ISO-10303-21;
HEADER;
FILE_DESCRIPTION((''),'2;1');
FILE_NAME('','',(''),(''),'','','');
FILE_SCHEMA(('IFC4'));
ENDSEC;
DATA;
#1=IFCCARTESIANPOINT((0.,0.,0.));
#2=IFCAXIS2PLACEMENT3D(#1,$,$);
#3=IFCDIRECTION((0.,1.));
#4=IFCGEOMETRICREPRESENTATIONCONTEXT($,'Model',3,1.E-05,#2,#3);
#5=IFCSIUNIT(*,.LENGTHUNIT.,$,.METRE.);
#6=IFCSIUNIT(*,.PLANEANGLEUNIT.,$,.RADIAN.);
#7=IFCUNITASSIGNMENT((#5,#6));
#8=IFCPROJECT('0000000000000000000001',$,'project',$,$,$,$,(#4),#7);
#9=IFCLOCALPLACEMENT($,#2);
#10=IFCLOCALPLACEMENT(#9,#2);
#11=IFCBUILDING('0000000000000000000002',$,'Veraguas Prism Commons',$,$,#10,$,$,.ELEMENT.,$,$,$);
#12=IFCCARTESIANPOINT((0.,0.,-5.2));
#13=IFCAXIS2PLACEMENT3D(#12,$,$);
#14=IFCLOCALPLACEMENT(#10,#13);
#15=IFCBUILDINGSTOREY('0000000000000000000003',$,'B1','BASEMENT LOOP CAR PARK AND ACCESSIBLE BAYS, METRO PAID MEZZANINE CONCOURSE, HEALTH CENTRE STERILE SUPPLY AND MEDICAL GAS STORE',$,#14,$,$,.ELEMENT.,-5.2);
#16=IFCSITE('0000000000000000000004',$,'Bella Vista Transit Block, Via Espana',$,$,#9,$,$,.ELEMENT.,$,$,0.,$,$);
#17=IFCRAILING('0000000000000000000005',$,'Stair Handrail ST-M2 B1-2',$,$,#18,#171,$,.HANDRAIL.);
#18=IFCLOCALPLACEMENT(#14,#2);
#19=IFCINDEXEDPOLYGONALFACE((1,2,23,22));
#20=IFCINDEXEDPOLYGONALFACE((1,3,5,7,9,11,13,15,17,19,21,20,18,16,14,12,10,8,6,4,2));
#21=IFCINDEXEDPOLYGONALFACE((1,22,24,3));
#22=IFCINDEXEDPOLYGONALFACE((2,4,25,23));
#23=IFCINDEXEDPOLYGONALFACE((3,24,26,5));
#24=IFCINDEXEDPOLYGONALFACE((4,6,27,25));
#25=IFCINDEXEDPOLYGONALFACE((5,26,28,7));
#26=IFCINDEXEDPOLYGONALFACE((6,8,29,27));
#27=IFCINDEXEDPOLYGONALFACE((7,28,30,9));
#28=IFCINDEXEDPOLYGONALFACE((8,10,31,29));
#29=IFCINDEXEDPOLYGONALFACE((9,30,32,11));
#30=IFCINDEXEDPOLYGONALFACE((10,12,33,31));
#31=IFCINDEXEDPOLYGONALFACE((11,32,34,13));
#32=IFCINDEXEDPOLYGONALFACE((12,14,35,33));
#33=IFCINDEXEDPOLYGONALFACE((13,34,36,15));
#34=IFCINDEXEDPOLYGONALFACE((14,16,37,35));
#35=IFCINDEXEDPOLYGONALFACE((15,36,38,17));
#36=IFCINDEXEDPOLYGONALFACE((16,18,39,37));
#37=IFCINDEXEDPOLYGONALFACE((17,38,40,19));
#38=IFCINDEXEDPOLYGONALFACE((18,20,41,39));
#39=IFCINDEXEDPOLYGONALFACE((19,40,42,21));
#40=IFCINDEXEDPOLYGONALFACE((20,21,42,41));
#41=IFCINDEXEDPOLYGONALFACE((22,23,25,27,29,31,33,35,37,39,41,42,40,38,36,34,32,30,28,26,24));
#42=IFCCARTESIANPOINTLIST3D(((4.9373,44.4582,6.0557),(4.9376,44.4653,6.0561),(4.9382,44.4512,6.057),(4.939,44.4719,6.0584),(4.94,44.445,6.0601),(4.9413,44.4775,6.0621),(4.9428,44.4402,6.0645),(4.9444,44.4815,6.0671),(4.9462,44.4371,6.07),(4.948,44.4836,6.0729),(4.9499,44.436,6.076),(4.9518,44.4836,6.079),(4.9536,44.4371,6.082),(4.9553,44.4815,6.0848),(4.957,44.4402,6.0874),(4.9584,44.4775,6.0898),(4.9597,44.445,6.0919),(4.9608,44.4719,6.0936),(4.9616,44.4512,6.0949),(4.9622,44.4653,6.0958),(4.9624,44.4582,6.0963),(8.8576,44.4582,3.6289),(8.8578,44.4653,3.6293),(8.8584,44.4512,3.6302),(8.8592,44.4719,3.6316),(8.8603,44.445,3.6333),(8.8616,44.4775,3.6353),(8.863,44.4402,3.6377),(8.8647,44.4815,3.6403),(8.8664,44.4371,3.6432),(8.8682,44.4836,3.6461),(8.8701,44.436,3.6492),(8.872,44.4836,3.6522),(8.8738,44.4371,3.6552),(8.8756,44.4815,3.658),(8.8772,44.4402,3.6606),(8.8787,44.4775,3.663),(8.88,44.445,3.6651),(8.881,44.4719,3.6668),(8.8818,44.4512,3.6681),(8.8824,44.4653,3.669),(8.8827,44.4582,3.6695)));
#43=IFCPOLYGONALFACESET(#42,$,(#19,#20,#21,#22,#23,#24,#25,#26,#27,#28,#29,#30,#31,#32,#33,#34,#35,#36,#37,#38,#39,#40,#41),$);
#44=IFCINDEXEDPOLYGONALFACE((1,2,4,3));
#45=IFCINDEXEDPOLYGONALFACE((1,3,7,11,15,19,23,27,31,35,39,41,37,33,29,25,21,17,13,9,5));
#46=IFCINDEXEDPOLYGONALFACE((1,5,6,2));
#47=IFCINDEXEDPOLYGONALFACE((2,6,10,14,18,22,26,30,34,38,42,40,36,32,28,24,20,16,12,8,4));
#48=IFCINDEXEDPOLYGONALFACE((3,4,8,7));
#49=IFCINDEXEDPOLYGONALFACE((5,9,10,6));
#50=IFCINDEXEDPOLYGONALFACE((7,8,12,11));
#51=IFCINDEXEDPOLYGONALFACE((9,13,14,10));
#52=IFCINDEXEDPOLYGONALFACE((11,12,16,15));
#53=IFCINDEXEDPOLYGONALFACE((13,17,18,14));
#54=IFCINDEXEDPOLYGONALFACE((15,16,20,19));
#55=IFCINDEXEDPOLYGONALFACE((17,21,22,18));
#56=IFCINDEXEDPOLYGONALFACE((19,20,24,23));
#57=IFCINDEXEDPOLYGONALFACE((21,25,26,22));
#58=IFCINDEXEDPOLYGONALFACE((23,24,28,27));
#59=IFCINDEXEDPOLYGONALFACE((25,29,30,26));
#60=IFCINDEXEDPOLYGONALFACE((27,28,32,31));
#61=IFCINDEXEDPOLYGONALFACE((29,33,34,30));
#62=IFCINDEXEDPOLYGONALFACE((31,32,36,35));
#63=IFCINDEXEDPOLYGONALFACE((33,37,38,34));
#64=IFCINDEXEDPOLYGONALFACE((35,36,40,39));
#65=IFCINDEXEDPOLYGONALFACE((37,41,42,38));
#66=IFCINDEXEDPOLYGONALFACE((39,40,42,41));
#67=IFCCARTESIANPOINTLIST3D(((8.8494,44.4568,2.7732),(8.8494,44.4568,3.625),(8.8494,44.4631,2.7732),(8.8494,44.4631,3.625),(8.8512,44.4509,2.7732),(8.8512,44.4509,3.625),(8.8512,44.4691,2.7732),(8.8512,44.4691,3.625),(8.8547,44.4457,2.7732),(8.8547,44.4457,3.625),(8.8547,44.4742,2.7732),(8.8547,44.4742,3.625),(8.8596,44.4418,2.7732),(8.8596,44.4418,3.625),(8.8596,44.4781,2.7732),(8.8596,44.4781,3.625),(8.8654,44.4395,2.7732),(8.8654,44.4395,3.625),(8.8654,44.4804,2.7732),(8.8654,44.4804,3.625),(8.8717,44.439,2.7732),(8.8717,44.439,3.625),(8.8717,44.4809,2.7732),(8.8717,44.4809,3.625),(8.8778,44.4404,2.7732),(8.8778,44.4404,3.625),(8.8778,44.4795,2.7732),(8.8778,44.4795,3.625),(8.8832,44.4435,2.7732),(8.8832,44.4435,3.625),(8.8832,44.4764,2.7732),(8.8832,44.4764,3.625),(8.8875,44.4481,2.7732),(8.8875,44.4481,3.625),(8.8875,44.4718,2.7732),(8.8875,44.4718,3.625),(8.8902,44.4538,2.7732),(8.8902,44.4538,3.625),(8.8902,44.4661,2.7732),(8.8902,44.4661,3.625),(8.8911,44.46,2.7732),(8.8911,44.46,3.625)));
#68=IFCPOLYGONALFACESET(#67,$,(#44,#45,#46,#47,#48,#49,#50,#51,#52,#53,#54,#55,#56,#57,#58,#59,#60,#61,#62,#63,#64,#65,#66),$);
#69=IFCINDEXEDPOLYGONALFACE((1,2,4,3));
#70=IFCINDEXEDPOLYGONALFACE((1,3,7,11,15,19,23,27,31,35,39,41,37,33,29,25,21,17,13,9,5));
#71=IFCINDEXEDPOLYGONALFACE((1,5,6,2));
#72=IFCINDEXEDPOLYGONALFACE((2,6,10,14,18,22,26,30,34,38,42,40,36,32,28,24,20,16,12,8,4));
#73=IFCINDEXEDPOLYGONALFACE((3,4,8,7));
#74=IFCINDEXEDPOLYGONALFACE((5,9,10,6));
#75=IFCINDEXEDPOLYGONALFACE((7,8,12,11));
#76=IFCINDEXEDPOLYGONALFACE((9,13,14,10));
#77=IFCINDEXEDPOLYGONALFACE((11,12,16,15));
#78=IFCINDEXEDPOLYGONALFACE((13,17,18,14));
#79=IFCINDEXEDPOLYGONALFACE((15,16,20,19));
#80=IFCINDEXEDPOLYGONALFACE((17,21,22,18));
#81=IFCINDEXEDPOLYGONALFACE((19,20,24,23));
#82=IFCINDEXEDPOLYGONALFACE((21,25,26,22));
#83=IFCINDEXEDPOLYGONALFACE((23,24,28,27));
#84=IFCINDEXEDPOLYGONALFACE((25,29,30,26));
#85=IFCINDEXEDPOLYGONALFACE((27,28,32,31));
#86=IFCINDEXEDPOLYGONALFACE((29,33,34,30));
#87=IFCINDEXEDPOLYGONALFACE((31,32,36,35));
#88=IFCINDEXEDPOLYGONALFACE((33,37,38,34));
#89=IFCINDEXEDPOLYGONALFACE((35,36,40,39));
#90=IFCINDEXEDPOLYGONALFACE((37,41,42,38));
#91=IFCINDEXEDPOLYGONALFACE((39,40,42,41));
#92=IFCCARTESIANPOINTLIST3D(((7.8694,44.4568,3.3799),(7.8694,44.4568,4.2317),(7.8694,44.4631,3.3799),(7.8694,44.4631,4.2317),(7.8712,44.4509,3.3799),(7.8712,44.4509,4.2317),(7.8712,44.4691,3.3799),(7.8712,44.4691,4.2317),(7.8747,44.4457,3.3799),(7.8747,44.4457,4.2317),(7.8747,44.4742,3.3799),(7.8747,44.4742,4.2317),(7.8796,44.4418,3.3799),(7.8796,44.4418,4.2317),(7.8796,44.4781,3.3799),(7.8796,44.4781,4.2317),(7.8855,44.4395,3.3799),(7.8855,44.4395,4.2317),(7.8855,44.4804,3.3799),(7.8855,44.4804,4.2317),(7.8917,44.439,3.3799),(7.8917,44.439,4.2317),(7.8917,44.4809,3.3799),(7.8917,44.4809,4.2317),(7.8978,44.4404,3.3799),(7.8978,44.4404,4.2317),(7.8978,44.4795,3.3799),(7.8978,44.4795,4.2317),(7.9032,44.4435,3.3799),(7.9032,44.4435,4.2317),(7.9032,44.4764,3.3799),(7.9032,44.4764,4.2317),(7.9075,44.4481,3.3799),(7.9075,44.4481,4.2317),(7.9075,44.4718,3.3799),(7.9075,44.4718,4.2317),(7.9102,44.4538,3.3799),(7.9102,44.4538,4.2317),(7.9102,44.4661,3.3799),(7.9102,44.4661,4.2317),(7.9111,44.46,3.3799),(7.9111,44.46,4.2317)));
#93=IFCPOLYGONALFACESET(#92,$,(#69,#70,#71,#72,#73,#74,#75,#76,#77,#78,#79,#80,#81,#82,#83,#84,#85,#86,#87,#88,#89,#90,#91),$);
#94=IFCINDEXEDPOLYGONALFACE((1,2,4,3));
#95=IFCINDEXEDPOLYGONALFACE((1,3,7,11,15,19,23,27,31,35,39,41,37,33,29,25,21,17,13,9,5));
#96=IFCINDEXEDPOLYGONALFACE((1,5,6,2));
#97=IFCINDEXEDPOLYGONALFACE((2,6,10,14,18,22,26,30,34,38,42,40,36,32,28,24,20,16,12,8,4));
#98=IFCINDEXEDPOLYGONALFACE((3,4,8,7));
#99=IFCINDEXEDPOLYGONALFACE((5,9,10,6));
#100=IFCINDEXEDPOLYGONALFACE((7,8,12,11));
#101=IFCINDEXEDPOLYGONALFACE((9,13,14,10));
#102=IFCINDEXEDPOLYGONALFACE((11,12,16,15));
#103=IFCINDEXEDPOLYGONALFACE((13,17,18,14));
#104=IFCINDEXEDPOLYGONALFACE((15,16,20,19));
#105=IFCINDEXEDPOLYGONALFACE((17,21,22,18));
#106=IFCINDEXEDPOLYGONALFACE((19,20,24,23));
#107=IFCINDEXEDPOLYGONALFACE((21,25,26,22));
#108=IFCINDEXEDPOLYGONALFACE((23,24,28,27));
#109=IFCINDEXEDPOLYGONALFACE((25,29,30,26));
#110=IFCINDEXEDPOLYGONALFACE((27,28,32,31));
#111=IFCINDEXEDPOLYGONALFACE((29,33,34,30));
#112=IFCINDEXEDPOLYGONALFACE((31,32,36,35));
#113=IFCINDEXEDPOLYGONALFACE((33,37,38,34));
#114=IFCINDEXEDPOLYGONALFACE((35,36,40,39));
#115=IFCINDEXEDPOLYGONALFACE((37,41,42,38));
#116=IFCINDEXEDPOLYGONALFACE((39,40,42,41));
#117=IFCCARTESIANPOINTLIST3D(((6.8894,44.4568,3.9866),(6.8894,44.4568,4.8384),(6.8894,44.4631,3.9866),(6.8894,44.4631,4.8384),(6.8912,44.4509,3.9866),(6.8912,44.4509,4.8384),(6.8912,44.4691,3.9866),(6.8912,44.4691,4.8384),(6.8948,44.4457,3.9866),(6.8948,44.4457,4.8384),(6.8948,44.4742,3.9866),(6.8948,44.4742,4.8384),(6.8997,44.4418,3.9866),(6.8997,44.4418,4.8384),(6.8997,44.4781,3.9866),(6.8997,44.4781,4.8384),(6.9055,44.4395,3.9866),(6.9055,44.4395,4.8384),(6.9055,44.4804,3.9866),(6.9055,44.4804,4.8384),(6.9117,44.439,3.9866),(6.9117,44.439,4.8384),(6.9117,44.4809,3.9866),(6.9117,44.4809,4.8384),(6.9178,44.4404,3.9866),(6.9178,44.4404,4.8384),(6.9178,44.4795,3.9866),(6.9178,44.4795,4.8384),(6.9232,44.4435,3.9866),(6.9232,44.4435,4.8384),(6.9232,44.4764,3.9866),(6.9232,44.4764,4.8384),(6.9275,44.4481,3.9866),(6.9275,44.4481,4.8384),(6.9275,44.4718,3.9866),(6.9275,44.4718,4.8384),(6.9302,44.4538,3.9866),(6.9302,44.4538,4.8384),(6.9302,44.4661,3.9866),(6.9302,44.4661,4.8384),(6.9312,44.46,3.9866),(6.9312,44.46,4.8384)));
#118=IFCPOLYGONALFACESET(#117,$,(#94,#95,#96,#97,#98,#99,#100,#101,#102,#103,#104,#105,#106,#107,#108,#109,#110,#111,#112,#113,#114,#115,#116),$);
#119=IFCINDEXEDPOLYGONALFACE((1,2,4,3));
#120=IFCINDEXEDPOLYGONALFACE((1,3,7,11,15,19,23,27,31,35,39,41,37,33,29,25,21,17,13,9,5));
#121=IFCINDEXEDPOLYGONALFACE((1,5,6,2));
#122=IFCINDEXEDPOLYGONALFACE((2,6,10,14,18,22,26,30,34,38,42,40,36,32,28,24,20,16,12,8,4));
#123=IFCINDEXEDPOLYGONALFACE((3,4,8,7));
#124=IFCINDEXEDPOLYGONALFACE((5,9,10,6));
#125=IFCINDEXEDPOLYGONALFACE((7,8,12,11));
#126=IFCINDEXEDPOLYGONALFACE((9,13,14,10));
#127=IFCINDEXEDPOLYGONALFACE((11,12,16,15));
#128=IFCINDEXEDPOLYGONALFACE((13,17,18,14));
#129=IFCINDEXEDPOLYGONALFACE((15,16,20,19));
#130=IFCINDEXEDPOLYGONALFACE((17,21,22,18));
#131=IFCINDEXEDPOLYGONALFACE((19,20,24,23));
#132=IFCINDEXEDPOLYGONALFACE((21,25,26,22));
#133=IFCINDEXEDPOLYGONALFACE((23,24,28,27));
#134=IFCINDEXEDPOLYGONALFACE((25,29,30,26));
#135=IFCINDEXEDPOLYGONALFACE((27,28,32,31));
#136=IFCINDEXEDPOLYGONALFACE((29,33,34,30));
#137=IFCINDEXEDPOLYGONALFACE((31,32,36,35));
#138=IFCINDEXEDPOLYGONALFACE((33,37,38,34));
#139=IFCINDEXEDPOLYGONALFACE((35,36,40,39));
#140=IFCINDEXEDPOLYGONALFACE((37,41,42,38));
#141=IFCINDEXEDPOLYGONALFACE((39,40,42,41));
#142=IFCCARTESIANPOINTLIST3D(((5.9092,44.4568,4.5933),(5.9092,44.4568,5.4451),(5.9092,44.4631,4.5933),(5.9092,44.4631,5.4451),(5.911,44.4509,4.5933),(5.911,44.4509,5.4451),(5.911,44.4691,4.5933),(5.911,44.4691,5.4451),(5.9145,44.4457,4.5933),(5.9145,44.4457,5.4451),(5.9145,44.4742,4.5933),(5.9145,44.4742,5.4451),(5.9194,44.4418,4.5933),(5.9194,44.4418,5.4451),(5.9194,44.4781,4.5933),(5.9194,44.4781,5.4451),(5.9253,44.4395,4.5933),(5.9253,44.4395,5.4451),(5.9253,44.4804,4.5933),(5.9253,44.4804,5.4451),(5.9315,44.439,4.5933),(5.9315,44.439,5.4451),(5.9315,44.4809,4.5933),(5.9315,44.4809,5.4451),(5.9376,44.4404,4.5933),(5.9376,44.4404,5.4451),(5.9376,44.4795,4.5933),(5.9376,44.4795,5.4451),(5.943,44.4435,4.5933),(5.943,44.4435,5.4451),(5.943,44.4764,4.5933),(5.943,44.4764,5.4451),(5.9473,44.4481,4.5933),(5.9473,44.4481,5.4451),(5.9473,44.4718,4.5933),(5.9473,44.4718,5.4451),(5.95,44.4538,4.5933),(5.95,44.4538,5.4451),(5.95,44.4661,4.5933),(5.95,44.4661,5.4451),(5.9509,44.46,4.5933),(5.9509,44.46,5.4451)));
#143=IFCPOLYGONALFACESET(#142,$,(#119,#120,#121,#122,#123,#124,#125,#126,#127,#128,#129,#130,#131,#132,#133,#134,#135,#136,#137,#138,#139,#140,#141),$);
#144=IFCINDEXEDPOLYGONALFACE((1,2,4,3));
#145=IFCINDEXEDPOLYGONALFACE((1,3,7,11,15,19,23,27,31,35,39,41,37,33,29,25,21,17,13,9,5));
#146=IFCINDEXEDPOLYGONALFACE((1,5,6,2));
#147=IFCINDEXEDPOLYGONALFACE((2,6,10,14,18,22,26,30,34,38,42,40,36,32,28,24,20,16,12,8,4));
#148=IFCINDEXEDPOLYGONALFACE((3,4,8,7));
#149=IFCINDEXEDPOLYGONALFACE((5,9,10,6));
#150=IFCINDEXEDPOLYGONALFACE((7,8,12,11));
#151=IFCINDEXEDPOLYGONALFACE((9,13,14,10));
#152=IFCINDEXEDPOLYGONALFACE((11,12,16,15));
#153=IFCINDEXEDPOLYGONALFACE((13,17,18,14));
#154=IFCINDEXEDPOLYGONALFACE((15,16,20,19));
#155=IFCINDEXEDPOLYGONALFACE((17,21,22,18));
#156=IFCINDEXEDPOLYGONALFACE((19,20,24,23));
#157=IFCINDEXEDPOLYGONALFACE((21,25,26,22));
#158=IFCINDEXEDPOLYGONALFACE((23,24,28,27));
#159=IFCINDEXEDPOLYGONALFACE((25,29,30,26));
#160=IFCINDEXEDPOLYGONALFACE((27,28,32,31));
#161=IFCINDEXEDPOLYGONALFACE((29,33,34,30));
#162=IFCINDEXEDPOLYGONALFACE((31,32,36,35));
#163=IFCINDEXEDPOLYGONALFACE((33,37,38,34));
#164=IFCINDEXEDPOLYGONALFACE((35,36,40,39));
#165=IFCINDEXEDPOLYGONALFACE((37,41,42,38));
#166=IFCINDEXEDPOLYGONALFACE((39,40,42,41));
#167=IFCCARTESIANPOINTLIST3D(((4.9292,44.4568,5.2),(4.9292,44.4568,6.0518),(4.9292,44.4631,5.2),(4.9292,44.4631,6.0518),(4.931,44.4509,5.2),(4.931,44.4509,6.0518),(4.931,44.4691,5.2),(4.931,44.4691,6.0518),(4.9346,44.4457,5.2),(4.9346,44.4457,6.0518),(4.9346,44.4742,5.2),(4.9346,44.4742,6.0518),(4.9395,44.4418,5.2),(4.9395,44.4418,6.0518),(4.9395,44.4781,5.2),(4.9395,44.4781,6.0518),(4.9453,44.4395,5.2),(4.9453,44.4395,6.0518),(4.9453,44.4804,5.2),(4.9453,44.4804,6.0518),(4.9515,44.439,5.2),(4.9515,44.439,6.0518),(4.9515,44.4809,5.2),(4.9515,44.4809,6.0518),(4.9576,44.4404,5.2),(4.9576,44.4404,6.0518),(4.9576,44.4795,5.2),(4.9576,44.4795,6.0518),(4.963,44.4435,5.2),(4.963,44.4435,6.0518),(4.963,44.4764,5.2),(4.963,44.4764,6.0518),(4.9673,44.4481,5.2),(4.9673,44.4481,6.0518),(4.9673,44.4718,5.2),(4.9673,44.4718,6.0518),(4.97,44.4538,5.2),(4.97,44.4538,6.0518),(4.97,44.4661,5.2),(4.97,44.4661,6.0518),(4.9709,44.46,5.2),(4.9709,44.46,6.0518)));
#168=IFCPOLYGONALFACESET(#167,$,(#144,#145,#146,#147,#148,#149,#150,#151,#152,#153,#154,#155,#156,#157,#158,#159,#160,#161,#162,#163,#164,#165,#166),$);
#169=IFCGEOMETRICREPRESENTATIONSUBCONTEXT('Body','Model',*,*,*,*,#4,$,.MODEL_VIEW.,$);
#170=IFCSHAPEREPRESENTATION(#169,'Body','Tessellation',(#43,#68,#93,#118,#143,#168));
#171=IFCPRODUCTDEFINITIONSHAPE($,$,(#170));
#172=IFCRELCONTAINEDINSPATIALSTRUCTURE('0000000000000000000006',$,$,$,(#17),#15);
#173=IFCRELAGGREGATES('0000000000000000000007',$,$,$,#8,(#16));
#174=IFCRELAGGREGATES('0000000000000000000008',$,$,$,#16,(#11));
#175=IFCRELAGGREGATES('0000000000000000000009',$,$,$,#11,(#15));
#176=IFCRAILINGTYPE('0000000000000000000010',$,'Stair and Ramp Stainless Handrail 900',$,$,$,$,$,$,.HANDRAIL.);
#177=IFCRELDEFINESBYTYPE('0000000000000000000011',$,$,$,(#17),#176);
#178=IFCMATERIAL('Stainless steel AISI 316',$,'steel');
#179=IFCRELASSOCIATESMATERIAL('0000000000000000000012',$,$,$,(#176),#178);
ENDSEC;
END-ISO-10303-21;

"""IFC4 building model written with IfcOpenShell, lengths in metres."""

from ifc_helpers import new_model, si_unit, direction, frame, origin, origin_2d, place, context, subcontext, project, spatial, circle, extrude, material, type_object, element, save


model = new_model("IFC4")

# Units and contexts
model_context = context("Model", 3, precision=1e-05, world=origin(), true_north=direction((0.0, 1.0)))
body_context = subcontext(model_context, "Body", "Model", "MODEL_VIEW")
ifc_project = project(units=[si_unit("LENGTHUNIT", "METRE"), si_unit("PLANEANGLEUNIT", "RADIAN")], contexts=[model_context])

# Site, building, storey
site_placement = place(None, origin())
site = spatial("IfcSite", under=ifc_project, at=site_placement, Name="Bella Vista Transit Block, Via Espana", CompositionType="ELEMENT", RefElevation=0.0)
building_placement = place(site_placement, origin())
building = spatial("IfcBuilding", under=site, at=building_placement, Name="Veraguas Prism Commons", CompositionType="ELEMENT")
storey_placement = place(building_placement, frame((0.0, 0.0, -5.2)))
storey = spatial("IfcBuildingStorey", under=building, at=storey_placement, Name="B1", Description="BASEMENT LOOP CAR PARK AND ACCESSIBLE BAYS, METRO PAID MEZZANINE CONCOURSE, HEALTH CENTRE STERILE SUPPLY AND MEDICAL GAS STORE", CompositionType="ELEMENT", Elevation=-5.2)

# Railing
ifc_material_1 = material(Name="Stainless steel AISI 316", Category="steel")
railing_type_1 = type_object("IfcRailingType", Name="Stair and Ramp Stainless Handrail 900", PredefinedType="HANDRAIL", material=ifc_material_1)
railing_1_placement = place(storey_placement, frame((8.8701, 44.46, 2.7732)))
element("IfcRailing", 1, at=railing_1_placement, inside=storey, type_object=railing_type_1, Name="Stair Handrail ST-M2 B1-2", PredefinedType="HANDRAIL", context=body_context, shape_type="SweptSolid", body=[
    extrude(circle(Radius=0.0239, at=origin_2d()), frame((0.0, 0.0, 0.876), z_axis=(-0.850266, 0.0, 0.526353), x_axis=(0.0, -1.0, 0.0)), (0.0, 0.0, 1.0), 4.6106),
    extrude(circle(Radius=0.021, at=origin_2d()), origin(), (0.0, 0.0, 1.0), 0.8518),
    extrude(circle(Radius=0.021, at=origin_2d()), frame((-0.98, 0.0, 0.6067)), (0.0, 0.0, 1.0), 0.8518),
    extrude(circle(Radius=0.021, at=origin_2d()), frame((-1.96, 0.0, 1.2134)), (0.0, 0.0, 1.0), 0.8518),
    extrude(circle(Radius=0.021, at=origin_2d()), frame((-2.9402, 0.0, 1.8201)), (0.0, 0.0, 1.0), 0.8518),
    extrude(circle(Radius=0.021, at=origin_2d()), frame((-3.9202, 0.0, 2.4268)), (0.0, 0.0, 1.0), 0.8518),
])

save(model, "model.ifc")
